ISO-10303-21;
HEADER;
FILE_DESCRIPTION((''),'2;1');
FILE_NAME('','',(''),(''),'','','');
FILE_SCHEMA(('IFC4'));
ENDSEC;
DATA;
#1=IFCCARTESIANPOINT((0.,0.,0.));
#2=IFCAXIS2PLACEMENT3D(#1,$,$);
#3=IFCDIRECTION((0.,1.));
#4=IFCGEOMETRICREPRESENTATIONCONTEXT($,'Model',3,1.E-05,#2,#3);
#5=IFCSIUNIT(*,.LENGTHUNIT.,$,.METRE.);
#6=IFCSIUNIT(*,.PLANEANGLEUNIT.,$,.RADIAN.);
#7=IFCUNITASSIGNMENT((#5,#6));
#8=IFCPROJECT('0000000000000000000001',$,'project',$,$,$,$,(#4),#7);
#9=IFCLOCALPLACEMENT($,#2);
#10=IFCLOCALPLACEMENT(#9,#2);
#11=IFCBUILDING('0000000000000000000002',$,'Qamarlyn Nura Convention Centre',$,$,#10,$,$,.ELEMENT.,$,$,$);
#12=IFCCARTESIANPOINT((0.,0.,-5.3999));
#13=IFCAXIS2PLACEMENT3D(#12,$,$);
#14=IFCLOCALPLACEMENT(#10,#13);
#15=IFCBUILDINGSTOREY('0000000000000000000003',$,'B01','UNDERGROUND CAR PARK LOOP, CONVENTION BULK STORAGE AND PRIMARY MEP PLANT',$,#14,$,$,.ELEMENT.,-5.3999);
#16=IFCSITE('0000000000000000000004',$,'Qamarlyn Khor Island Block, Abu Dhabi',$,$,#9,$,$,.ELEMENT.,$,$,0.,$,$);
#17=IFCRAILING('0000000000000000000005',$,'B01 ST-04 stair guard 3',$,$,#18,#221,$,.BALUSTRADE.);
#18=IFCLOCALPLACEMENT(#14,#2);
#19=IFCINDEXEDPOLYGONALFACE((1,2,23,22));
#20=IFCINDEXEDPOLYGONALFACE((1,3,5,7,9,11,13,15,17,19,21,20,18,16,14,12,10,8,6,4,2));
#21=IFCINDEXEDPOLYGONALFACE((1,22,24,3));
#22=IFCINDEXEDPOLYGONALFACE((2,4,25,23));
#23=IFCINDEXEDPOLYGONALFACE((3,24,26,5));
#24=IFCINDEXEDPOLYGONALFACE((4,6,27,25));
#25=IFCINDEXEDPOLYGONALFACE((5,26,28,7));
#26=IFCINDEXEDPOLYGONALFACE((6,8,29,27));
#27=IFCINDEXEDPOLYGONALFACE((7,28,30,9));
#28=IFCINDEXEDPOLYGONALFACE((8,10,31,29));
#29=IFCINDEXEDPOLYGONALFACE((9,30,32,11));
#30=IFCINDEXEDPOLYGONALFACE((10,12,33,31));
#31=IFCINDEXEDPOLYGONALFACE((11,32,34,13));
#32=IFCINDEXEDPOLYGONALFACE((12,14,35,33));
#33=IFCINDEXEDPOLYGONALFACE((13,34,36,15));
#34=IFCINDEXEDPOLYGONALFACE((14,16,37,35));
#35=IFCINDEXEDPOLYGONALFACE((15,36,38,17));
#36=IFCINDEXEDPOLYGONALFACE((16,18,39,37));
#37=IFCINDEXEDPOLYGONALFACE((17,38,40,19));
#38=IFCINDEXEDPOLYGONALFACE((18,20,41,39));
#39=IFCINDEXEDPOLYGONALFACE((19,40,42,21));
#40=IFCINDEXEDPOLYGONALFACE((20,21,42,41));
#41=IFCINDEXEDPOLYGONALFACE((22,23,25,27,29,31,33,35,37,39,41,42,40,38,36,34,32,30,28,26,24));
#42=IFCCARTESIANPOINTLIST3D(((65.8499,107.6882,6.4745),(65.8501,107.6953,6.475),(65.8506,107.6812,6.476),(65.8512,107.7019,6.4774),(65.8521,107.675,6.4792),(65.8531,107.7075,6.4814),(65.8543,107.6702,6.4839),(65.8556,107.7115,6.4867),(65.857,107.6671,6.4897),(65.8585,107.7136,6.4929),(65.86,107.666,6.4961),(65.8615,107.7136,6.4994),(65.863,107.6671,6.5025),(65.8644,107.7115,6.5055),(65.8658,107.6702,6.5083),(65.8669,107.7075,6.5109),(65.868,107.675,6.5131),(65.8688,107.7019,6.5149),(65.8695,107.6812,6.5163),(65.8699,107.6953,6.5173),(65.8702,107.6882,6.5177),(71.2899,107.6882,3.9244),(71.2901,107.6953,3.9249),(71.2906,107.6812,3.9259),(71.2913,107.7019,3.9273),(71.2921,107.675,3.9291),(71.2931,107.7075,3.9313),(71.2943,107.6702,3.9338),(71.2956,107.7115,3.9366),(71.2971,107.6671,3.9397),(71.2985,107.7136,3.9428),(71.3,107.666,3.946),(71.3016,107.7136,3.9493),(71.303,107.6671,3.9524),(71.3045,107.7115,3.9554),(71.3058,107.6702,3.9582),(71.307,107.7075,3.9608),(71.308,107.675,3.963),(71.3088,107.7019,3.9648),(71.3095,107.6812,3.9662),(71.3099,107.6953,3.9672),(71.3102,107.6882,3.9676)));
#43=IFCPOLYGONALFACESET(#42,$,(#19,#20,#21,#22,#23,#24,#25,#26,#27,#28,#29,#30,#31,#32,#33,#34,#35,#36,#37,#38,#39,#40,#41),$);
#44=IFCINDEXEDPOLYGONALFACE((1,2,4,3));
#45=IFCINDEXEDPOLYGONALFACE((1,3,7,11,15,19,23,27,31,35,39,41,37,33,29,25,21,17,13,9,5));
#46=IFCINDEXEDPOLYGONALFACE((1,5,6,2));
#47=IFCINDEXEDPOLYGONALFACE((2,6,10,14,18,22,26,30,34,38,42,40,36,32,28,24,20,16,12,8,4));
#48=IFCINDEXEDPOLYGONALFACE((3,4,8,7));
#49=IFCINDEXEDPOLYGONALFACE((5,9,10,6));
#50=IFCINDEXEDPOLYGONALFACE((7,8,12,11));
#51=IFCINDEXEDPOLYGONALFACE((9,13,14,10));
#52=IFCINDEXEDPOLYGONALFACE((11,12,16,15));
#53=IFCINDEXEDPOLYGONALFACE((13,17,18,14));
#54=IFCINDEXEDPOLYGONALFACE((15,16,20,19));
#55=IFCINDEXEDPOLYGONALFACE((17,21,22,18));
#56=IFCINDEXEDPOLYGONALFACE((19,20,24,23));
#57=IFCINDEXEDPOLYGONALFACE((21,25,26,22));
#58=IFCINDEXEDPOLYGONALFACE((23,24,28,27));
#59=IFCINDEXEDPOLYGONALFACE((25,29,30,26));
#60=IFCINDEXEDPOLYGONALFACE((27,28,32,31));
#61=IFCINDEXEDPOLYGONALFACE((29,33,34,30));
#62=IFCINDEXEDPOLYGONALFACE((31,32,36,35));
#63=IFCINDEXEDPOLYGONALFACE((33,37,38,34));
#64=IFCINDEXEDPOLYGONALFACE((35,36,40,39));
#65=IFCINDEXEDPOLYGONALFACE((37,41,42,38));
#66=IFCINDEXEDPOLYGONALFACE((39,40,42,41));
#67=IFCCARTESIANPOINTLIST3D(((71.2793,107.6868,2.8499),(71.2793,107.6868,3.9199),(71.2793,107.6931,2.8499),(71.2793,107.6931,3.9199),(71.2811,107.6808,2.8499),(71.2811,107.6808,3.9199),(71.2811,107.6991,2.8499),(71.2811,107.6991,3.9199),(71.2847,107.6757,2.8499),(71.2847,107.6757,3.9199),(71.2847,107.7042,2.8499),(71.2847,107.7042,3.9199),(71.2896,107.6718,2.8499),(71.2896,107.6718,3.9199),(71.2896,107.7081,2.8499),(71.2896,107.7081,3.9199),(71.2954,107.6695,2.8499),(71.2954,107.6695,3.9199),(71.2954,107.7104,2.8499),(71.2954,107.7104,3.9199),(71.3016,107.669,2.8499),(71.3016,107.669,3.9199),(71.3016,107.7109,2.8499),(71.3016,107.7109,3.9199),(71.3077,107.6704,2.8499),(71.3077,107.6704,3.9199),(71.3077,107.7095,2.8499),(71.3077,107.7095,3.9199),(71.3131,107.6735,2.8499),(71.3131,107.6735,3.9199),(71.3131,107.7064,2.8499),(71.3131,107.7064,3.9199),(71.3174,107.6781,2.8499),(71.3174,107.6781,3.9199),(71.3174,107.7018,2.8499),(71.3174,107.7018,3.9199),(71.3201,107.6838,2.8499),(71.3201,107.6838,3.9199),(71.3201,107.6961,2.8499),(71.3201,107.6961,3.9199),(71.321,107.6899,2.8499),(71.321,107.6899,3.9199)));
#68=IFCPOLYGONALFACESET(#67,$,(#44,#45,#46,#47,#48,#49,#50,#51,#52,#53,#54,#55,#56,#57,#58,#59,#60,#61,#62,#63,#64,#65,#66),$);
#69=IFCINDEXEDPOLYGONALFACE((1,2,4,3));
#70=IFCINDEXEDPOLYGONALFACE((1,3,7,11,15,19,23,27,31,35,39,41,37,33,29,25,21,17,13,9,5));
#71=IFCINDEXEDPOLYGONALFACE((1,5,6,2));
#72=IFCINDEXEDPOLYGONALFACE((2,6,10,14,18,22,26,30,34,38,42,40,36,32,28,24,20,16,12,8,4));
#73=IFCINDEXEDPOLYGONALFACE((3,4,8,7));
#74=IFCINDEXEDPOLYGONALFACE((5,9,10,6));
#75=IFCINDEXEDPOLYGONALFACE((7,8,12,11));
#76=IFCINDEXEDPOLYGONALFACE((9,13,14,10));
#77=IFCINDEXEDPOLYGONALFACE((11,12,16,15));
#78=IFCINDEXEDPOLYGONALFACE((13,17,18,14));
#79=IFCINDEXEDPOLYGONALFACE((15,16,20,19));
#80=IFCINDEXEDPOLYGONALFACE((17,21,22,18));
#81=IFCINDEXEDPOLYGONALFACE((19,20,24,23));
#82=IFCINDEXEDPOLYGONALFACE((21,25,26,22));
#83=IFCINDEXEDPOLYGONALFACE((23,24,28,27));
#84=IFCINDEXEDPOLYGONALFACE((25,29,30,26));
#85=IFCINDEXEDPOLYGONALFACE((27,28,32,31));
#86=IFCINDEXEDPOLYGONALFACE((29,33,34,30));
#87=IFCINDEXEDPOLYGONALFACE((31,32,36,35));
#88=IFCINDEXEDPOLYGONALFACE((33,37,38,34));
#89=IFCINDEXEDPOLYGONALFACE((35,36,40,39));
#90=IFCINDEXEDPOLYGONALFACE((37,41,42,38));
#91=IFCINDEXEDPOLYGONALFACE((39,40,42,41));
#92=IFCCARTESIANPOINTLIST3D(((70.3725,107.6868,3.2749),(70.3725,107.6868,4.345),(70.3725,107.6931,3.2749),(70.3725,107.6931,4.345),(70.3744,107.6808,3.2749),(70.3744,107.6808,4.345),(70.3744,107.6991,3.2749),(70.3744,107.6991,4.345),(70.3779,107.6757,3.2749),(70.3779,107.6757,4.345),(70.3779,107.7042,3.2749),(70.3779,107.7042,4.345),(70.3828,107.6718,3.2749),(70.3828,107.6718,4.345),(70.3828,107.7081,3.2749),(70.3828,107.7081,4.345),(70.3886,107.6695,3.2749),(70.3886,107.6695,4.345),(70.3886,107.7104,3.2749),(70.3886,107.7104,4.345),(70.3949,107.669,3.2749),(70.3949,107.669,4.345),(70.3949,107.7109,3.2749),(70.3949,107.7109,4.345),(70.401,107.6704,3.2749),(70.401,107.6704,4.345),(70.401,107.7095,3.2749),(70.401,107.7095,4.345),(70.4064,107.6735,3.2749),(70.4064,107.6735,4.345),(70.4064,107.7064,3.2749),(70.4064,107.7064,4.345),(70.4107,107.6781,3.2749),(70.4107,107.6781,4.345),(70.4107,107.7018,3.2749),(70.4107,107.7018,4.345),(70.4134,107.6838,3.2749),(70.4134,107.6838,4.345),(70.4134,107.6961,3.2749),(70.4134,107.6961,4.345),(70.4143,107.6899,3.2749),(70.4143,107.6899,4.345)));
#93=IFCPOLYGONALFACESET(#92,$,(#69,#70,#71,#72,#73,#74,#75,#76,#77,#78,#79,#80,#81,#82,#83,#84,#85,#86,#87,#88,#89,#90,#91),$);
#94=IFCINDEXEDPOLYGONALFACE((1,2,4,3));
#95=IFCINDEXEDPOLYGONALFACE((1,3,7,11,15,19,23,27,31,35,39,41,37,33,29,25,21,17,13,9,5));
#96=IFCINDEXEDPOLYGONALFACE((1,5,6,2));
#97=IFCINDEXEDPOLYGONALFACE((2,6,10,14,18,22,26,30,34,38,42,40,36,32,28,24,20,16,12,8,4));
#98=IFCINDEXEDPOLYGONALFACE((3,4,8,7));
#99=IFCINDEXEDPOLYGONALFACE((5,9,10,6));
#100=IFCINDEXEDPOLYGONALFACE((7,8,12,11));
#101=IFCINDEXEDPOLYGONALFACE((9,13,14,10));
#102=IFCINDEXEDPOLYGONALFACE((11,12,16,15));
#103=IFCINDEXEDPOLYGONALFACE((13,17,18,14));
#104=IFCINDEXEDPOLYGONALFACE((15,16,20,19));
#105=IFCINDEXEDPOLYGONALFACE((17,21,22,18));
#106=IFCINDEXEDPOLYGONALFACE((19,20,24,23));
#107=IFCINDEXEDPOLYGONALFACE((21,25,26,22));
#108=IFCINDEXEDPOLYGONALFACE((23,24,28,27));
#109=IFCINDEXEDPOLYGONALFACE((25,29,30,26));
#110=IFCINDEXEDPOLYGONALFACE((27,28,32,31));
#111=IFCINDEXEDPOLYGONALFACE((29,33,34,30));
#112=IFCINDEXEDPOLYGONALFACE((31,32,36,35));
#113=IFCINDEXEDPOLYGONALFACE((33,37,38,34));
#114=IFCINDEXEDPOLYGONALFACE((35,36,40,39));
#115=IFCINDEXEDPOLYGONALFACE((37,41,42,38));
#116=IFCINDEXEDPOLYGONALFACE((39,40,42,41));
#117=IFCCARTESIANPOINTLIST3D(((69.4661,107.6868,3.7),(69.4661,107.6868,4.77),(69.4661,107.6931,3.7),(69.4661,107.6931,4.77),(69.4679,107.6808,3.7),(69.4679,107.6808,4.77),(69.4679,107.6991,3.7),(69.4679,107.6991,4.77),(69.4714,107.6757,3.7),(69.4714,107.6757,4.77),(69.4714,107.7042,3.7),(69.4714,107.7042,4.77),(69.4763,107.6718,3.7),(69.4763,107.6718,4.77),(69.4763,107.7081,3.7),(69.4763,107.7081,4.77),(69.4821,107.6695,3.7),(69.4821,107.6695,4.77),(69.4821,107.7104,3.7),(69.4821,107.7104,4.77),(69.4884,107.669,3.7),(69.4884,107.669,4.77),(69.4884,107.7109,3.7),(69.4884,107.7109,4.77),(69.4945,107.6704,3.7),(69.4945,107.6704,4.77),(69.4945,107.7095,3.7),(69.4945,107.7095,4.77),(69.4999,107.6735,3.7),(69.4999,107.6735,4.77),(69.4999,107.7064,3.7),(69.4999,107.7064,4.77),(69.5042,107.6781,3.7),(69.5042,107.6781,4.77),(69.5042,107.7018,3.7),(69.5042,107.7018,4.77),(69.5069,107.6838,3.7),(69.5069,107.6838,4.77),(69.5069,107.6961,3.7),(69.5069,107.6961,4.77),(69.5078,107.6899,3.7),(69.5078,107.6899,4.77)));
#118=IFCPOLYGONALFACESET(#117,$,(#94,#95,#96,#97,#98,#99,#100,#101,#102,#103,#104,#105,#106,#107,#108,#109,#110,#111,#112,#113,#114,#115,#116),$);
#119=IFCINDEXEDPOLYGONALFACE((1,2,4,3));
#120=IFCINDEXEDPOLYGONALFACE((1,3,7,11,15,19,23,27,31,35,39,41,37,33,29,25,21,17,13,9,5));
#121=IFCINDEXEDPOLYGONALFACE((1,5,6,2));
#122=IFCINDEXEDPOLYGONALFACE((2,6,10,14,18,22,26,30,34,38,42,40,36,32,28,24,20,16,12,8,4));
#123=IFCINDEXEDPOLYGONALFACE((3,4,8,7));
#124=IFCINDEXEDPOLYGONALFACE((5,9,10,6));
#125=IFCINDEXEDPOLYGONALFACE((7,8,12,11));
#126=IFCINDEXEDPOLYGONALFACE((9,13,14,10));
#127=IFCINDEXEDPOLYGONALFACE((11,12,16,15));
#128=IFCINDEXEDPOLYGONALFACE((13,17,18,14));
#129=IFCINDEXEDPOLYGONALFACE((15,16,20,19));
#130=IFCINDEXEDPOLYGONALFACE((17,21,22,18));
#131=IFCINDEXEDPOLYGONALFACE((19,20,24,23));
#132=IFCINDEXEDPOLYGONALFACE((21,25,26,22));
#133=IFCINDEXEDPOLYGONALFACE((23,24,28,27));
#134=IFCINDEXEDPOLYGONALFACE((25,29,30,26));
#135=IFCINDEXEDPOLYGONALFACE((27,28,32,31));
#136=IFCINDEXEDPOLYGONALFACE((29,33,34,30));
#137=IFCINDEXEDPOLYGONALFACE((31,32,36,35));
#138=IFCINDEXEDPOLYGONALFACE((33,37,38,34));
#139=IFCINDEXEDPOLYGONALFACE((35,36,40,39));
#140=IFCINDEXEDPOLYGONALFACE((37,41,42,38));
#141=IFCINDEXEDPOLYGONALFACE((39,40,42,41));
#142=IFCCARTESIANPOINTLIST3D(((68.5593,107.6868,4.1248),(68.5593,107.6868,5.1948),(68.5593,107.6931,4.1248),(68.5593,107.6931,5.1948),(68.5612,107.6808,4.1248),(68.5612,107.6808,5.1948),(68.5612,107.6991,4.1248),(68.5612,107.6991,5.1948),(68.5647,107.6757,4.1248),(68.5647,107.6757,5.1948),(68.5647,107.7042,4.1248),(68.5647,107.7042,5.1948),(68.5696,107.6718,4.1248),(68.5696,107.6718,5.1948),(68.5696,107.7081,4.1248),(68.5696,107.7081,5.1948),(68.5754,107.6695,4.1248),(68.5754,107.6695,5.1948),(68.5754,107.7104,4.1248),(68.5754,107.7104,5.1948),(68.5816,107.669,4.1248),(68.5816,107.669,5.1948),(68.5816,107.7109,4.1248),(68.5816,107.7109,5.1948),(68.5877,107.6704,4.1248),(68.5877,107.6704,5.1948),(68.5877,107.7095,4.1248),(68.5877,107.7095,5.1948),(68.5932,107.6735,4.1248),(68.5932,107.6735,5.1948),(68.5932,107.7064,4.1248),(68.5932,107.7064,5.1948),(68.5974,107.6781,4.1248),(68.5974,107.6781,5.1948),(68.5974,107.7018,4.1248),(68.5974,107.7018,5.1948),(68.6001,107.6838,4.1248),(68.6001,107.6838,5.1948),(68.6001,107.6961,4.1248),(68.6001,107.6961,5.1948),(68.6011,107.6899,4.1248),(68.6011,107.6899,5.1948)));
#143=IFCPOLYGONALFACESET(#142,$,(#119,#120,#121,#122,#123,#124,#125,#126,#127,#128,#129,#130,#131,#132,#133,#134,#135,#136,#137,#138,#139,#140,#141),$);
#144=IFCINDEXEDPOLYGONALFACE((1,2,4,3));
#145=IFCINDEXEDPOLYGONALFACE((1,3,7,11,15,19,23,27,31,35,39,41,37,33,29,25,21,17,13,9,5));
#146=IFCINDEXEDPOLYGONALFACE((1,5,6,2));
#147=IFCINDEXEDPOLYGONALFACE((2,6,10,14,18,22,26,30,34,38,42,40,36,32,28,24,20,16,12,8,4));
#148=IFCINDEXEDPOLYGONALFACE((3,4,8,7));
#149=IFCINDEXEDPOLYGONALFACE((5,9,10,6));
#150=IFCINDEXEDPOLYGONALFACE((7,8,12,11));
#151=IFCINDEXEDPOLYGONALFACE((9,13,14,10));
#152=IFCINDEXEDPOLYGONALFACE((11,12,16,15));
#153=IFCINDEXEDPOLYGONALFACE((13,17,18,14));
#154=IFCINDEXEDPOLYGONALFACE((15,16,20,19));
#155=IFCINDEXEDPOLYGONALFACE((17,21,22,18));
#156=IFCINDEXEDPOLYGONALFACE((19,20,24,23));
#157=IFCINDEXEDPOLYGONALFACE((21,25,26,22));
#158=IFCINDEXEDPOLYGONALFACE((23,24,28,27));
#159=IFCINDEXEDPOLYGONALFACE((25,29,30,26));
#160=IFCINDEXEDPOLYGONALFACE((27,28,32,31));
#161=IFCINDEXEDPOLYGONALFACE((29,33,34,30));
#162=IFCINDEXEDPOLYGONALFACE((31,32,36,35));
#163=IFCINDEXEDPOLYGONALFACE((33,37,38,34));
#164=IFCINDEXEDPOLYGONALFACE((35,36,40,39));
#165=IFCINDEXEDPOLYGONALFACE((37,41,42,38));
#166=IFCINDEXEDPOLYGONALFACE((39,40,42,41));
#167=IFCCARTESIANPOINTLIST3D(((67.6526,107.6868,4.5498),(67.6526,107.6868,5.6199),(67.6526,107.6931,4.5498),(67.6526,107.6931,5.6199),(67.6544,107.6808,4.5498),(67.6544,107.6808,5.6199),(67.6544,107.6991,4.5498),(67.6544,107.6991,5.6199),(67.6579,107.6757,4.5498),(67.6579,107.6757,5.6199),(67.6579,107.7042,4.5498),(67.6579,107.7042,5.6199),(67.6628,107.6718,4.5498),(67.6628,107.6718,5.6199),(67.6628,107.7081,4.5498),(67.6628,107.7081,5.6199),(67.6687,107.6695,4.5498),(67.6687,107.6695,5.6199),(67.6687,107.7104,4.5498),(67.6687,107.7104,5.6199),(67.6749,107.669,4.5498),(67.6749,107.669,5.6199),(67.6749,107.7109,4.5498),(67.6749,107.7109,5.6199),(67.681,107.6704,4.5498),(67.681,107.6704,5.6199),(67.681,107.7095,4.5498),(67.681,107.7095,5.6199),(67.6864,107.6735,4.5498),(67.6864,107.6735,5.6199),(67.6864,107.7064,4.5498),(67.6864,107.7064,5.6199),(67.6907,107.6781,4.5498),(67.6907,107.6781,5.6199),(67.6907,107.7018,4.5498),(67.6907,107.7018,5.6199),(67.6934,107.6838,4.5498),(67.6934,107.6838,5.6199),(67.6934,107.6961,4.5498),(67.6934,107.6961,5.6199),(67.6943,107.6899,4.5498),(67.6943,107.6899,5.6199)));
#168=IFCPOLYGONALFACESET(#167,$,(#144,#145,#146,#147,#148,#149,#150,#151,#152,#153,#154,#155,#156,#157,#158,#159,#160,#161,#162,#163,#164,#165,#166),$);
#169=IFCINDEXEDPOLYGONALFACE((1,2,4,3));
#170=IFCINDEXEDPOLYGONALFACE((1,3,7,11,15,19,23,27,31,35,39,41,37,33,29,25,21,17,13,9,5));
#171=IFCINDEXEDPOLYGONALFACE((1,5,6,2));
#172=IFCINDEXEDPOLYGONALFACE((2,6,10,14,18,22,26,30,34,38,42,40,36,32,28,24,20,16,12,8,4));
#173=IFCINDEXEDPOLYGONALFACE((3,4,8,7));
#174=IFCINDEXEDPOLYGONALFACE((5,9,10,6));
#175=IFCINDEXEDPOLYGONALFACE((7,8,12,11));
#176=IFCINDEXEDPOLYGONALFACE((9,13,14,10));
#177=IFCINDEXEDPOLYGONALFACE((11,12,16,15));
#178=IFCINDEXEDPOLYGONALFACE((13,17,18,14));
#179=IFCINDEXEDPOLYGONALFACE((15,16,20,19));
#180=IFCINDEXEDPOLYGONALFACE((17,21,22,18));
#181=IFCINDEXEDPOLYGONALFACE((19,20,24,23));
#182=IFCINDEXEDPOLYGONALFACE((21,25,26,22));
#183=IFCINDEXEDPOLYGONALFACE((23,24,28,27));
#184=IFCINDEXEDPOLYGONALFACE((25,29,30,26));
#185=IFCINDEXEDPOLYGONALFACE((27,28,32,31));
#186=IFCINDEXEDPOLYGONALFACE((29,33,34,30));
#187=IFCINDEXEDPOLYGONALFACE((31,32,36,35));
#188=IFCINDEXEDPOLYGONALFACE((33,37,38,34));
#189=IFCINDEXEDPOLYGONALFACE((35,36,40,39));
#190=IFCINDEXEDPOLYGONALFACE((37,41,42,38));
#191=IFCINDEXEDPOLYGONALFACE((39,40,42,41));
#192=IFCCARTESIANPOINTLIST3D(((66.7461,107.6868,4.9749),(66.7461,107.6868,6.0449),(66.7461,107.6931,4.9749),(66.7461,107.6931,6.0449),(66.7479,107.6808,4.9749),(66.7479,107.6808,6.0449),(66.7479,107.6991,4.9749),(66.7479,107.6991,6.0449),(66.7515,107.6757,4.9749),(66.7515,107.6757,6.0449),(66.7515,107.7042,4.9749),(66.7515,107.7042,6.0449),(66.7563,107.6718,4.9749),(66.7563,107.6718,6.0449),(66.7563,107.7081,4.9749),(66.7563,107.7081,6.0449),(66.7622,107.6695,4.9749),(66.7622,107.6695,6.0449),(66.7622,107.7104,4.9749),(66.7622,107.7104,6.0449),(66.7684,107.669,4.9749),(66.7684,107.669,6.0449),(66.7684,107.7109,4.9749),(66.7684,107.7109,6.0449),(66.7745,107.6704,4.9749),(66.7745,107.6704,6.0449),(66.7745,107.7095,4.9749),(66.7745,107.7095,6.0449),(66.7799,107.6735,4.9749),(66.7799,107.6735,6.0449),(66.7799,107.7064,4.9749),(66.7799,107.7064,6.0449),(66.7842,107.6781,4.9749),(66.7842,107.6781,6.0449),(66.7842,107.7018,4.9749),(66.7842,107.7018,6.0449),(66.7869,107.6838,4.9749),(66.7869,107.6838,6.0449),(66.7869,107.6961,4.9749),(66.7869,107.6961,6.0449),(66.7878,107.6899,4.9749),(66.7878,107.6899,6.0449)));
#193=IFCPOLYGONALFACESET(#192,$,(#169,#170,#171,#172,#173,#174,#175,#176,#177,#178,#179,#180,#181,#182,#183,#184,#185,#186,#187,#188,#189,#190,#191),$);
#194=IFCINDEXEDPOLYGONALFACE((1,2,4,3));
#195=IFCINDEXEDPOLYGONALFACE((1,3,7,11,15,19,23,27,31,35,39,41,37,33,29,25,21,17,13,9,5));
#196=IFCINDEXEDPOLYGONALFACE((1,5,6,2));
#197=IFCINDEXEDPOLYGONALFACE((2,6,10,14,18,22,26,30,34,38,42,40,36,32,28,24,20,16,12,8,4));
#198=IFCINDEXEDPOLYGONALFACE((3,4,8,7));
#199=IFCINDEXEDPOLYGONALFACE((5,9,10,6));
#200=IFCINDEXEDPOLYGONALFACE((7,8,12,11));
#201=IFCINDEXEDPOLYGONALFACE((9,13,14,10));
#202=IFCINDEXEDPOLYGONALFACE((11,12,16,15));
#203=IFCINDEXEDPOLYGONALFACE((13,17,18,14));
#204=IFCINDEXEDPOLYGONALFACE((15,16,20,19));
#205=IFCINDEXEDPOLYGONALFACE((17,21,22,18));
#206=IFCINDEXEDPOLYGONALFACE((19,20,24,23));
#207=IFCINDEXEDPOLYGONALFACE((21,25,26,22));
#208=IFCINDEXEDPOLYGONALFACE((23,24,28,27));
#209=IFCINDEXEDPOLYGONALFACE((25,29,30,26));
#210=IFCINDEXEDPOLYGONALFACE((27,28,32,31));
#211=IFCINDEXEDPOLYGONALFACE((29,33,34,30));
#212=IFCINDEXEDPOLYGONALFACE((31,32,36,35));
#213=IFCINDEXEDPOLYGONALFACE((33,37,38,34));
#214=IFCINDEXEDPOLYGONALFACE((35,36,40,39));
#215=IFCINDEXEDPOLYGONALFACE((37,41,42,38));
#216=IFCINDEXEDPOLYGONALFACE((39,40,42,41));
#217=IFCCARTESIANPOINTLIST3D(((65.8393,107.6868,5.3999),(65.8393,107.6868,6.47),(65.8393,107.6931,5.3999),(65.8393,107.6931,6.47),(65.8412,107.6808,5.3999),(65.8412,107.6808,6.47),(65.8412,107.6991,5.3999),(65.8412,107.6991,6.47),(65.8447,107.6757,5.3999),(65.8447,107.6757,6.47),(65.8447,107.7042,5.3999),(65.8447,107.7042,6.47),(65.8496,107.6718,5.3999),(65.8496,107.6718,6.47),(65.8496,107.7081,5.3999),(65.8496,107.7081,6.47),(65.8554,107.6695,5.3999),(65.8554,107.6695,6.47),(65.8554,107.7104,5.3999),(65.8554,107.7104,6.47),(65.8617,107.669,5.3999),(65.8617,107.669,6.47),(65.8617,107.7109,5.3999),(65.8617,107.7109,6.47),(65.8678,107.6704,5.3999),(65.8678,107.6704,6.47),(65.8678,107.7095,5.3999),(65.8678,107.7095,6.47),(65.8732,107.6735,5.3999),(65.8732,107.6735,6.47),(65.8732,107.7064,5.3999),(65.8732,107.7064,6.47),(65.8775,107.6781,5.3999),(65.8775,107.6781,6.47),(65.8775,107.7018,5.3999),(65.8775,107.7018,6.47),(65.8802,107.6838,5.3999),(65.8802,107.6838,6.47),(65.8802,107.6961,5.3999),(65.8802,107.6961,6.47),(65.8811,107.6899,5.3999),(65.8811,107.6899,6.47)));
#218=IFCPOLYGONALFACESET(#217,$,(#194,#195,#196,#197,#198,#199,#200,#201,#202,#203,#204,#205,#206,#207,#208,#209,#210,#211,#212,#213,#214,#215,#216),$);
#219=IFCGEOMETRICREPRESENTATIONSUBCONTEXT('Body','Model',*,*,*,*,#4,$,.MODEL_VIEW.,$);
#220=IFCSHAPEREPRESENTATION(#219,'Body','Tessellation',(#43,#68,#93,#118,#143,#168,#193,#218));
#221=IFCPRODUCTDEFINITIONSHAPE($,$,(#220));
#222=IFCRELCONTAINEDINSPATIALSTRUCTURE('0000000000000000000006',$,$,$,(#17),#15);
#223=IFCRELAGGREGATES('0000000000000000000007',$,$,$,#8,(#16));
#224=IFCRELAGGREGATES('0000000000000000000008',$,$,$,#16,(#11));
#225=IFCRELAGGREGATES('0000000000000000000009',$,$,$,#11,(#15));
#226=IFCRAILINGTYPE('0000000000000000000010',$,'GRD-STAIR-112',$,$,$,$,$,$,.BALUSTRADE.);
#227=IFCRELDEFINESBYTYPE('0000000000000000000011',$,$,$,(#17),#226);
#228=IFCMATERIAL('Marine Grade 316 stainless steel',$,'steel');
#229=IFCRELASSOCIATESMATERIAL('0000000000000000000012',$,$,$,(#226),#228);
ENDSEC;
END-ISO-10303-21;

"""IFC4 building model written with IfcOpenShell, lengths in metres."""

from ifc_helpers import new_model, si_unit, direction, frame, origin, origin_2d, place, context, subcontext, project, spatial, circle, extrude, material, type_object, element, save


model = new_model("IFC4")

# Units and contexts
model_context = context("Model", 3, precision=1e-05, world=origin(), true_north=direction((0.0, 1.0)))
body_context = subcontext(model_context, "Body", "Model", "MODEL_VIEW")
ifc_project = project(units=[si_unit("LENGTHUNIT", "METRE"), si_unit("PLANEANGLEUNIT", "RADIAN")], contexts=[model_context])

# Site, building, storey
site_placement = place(None, origin())
site = spatial("IfcSite", under=ifc_project, at=site_placement, Name="Qamarlyn Khor Island Block, Abu Dhabi", CompositionType="ELEMENT", RefElevation=0.0)
building_placement = place(site_placement, origin())
building = spatial("IfcBuilding", under=site, at=building_placement, Name="Qamarlyn Nura Convention Centre", CompositionType="ELEMENT")
storey_placement = place(building_placement, frame((0.0, 0.0, -5.3999)))
storey = spatial("IfcBuildingStorey", under=building, at=storey_placement, Name="B01", Description="UNDERGROUND CAR PARK LOOP, CONVENTION BULK STORAGE AND PRIMARY MEP PLANT", CompositionType="ELEMENT", Elevation=-5.3999)

# Railing
ifc_material_1 = material(Name="Marine Grade 316 stainless steel", Category="steel")
railing_type_1 = type_object("IfcRailingType", Name="GRD-STAIR-112", PredefinedType="BALUSTRADE", material=ifc_material_1)
railing_1_placement = place(storey_placement, frame((71.3, 107.6899, 2.8499)))
element("IfcRailing", 1, at=railing_1_placement, inside=storey, type_object=railing_type_1, Name="B01 ST-04 stair guard 3", PredefinedType="BALUSTRADE", context=body_context, shape_type="SweptSolid", body=[
    extrude(circle(Radius=0.0239, at=origin_2d()), frame((0.0, 0.0, 1.0962), z_axis=(-0.905454, 0.0, 0.424444), x_axis=(0.0, -1.0, 0.0)), (0.0, 0.0, 1.0), 6.0081),
    extrude(circle(Radius=0.021, at=origin_2d()), origin(), (0.0, 0.0, 1.0), 1.0701),
    extrude(circle(Radius=0.021, at=origin_2d()), frame((-0.9067, 0.0, 0.425)), (0.0, 0.0, 1.0), 1.0701),
    extrude(circle(Radius=0.021, at=origin_2d()), frame((-1.8132, 0.0, 0.8501)), (0.0, 0.0, 1.0), 1.0701),
    extrude(circle(Radius=0.021, at=origin_2d()), frame((-2.72, 0.0, 1.2749)), (0.0, 0.0, 1.0), 1.0701),
    extrude(circle(Radius=0.021, at=origin_2d()), frame((-3.6267, 0.0, 1.7)), (0.0, 0.0, 1.0), 1.0701),
    extrude(circle(Radius=0.021, at=origin_2d()), frame((-4.5332, 0.0, 2.125)), (0.0, 0.0, 1.0), 1.0701),
    extrude(circle(Radius=0.021, at=origin_2d()), frame((-5.4399, 0.0, 2.55)), (0.0, 0.0, 1.0), 1.0701),
])

save(model, "model.ifc")
